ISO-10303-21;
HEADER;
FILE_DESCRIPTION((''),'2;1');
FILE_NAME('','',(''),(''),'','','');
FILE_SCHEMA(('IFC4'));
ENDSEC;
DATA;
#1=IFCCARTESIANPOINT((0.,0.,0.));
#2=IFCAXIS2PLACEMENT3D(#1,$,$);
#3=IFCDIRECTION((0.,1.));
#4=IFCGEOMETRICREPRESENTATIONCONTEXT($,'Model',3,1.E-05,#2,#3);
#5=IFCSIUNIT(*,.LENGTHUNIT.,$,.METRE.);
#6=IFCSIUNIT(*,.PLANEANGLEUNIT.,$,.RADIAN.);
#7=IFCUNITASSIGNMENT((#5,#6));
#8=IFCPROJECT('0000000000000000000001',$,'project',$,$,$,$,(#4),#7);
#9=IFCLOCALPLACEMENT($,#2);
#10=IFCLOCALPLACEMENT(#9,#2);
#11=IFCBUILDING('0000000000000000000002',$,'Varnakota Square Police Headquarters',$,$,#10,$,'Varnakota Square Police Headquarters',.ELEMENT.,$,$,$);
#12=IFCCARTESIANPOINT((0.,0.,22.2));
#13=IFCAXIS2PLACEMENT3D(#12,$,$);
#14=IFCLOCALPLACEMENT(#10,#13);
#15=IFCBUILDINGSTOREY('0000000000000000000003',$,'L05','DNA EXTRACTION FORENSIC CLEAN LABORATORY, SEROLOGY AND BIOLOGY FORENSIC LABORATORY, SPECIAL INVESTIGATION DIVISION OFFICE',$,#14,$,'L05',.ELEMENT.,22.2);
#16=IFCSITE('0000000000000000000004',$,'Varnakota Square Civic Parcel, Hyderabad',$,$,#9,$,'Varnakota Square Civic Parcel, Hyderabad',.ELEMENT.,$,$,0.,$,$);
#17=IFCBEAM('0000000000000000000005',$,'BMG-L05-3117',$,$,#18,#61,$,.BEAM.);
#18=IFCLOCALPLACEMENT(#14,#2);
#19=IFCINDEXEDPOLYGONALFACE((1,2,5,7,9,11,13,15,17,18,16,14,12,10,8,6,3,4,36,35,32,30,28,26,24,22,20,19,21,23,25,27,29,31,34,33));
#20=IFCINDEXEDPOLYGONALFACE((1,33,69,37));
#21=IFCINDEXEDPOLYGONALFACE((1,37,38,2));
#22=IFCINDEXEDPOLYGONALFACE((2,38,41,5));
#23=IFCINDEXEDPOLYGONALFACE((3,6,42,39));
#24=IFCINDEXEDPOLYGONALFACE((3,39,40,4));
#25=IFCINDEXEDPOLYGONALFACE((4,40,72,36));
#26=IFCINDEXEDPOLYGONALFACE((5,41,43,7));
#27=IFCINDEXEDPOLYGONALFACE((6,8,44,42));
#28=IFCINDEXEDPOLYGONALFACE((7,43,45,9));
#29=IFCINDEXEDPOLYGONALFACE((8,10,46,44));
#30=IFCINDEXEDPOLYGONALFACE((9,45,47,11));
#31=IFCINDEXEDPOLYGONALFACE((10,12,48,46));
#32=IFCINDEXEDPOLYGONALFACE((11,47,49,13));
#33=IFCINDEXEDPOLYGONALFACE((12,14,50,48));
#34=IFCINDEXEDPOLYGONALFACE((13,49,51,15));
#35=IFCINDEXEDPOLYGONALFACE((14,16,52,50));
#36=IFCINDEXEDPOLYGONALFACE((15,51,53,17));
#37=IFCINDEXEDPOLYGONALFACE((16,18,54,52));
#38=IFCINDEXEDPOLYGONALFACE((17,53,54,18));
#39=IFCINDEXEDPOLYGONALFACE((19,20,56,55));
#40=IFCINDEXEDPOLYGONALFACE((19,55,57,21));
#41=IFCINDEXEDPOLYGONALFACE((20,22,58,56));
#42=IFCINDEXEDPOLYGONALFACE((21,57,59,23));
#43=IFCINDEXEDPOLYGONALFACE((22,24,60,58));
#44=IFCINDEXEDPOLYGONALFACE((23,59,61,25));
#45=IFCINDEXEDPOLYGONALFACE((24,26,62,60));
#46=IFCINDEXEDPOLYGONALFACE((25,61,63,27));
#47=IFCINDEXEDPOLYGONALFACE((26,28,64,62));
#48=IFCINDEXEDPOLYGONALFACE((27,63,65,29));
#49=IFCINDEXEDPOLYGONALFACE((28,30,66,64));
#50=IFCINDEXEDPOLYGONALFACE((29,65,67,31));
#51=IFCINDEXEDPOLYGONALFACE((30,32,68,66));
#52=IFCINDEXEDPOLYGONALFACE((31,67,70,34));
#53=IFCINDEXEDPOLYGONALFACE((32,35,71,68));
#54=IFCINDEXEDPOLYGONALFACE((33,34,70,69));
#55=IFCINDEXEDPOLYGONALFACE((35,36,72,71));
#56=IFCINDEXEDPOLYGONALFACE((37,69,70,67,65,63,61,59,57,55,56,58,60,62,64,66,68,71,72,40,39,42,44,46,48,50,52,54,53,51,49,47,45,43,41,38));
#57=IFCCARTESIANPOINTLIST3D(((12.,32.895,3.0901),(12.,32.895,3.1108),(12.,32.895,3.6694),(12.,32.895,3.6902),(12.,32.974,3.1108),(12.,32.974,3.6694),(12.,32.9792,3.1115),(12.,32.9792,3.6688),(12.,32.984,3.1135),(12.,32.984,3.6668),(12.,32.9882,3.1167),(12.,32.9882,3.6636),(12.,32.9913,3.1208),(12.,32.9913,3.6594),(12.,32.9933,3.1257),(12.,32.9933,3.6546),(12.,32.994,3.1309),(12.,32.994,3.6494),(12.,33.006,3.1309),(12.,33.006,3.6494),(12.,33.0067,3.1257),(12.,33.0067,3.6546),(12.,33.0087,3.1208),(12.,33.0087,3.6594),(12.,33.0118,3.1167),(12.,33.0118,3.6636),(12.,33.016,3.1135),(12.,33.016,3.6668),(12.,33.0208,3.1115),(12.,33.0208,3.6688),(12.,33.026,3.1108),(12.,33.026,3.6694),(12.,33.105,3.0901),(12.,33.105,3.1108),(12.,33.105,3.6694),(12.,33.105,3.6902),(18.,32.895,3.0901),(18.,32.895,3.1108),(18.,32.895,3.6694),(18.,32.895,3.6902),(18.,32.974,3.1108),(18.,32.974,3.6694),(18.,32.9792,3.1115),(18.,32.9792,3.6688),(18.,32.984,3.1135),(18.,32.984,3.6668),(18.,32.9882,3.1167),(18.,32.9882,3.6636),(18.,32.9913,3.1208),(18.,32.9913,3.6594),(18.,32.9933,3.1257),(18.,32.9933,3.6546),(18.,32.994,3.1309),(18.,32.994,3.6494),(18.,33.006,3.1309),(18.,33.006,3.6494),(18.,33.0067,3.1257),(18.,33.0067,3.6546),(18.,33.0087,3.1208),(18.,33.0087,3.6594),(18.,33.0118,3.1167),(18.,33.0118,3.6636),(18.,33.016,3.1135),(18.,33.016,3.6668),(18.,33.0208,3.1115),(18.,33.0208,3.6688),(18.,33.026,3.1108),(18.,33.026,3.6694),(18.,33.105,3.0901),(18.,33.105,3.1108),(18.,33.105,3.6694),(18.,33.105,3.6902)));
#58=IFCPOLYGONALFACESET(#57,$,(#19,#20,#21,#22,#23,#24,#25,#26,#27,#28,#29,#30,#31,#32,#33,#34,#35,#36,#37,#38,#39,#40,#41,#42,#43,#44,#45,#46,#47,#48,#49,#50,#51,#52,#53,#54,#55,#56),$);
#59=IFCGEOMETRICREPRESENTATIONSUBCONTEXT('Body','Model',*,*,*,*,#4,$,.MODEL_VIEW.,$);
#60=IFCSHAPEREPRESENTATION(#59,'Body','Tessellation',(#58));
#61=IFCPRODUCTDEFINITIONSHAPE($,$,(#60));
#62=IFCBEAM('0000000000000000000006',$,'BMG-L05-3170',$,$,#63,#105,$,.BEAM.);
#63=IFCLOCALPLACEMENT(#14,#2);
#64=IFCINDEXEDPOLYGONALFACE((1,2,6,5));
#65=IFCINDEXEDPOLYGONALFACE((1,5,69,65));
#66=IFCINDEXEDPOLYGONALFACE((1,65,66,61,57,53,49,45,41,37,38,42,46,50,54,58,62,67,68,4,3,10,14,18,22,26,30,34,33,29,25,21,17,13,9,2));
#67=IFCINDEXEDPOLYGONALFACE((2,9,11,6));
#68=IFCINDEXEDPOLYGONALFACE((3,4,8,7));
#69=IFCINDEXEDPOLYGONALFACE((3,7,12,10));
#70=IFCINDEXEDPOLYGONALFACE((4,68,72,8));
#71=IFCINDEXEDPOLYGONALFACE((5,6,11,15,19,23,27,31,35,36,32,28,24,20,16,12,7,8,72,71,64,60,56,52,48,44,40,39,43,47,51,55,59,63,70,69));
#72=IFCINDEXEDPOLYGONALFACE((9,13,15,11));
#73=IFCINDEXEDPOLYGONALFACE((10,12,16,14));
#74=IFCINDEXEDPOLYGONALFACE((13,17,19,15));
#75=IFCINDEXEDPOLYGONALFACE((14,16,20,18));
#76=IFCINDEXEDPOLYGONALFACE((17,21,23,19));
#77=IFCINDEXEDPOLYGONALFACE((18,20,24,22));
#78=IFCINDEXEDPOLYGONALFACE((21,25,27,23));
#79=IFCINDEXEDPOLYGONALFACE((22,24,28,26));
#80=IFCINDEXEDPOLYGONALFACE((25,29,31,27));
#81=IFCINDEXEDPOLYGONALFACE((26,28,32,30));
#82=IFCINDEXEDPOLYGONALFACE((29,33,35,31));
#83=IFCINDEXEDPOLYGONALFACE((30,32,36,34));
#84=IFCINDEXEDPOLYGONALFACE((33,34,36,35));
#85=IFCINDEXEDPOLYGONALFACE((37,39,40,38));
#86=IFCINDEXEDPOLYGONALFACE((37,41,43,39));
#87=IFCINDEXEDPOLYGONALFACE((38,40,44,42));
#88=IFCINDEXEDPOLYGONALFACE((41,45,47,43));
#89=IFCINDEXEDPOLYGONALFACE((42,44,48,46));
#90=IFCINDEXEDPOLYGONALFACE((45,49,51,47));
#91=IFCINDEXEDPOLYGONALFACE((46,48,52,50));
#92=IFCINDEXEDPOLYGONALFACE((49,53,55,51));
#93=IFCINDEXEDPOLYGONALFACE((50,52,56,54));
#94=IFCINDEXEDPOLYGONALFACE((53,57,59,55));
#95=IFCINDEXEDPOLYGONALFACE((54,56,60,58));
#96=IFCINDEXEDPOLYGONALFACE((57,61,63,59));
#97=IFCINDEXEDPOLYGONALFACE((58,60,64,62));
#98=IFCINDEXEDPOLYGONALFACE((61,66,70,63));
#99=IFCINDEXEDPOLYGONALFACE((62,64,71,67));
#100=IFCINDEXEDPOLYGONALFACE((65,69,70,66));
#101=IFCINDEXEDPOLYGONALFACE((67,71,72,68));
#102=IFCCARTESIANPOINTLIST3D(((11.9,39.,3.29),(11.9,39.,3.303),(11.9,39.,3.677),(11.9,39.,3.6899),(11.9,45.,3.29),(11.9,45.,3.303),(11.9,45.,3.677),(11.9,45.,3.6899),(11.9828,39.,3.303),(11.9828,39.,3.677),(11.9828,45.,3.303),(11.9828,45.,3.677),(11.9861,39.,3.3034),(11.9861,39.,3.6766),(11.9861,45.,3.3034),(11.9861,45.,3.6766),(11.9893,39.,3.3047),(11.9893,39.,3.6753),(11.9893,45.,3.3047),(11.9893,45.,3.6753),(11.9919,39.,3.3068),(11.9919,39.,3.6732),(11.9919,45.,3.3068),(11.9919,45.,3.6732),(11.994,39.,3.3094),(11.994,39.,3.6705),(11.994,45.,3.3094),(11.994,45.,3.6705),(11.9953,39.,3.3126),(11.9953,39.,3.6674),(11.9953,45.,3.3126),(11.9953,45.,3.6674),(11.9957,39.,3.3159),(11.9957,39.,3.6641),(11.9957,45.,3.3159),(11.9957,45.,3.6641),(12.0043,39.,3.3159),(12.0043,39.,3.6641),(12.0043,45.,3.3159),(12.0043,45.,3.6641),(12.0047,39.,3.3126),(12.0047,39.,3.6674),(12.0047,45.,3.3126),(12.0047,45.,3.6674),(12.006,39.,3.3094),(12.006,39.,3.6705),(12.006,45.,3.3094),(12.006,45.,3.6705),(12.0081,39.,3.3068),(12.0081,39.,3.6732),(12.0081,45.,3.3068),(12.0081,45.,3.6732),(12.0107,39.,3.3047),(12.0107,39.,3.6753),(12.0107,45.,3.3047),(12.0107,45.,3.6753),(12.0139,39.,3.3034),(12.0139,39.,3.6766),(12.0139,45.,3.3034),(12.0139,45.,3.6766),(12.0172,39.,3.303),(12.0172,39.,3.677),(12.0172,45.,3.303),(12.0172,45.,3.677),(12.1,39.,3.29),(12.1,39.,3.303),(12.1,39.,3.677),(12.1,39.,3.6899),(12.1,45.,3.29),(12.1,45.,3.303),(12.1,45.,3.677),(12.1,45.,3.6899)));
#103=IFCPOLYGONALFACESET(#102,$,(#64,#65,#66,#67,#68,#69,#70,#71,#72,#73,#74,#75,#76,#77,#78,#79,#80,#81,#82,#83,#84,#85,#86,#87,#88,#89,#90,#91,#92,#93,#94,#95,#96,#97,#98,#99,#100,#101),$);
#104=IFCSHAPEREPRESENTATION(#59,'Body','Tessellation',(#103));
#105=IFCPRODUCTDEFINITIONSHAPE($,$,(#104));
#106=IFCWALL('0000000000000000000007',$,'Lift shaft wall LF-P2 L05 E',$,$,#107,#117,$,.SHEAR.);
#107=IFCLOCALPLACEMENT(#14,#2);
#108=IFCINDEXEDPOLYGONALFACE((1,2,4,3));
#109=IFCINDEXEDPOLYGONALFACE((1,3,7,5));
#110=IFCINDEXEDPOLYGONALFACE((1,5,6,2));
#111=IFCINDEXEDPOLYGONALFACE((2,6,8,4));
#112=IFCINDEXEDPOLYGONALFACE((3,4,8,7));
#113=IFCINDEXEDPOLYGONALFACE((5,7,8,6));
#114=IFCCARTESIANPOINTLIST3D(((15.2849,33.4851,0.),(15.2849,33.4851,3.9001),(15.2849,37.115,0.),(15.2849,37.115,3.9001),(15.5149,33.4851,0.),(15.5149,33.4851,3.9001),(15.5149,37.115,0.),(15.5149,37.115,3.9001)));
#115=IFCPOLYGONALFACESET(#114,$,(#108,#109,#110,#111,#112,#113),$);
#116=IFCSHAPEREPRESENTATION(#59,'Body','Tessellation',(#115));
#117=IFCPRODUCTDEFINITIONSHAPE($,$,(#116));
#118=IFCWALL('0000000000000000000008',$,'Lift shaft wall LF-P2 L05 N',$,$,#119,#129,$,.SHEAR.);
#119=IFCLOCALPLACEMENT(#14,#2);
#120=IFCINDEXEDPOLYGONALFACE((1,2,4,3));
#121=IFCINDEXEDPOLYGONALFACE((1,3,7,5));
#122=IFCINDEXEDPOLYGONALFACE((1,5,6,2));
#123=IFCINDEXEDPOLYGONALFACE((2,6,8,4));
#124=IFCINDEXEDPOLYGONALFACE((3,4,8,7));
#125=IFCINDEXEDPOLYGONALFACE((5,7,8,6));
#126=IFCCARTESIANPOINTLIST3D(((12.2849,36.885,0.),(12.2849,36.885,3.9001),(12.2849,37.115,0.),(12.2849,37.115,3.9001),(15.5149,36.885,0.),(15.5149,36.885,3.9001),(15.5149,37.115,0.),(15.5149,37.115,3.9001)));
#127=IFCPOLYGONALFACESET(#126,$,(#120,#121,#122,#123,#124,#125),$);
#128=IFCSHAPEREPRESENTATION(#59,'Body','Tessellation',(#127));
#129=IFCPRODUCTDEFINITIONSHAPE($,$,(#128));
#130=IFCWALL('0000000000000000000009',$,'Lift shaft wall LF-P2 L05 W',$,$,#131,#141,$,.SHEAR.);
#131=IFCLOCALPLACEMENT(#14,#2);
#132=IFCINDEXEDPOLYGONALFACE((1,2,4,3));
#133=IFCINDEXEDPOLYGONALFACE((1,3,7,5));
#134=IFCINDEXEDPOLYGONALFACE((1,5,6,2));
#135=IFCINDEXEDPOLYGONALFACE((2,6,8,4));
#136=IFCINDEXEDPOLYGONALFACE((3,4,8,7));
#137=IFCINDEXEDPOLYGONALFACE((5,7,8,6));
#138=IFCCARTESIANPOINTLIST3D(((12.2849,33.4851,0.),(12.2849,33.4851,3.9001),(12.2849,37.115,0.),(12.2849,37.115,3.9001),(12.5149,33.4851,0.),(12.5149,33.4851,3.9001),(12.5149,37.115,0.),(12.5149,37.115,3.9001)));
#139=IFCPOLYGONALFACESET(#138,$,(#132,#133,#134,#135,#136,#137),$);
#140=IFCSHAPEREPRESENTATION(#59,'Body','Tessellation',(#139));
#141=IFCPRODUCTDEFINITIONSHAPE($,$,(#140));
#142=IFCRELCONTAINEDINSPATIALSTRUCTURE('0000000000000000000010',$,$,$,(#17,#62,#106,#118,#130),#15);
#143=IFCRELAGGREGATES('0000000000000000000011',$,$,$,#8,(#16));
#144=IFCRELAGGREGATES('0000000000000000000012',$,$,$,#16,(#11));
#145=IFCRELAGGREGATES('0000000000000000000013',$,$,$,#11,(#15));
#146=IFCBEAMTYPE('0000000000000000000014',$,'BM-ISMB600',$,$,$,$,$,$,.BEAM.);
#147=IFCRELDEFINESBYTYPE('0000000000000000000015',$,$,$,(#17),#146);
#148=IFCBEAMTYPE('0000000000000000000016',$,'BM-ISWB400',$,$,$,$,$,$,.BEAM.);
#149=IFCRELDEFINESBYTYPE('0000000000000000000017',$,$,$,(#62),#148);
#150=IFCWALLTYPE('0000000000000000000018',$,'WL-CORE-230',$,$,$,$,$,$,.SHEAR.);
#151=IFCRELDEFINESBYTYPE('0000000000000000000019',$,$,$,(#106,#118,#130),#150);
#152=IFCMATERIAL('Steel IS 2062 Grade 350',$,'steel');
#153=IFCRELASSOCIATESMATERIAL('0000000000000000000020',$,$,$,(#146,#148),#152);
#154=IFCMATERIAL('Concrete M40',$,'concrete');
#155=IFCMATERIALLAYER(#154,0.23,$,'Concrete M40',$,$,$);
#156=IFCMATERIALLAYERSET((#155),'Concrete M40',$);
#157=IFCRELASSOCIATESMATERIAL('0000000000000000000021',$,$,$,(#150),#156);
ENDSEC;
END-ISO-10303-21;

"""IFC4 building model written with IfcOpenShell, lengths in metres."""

from ifc_helpers import new_model, si_unit, direction, frame, frame_2d, origin, origin_2d, place, context, subcontext, project, spatial, rectangle, i_section, extrude, material, layer, layer_set, material_profile, profile_set, type_object, element, save


model = new_model("IFC4")

# Units and contexts
model_context = context("Model", 3, precision=1e-05, world=origin(), true_north=direction((0.0, 1.0)))
body_context = subcontext(model_context, "Body", "Model", "MODEL_VIEW")
ifc_project = project(units=[si_unit("LENGTHUNIT", "METRE"), si_unit("PLANEANGLEUNIT", "RADIAN")], contexts=[model_context])

# Site, building, storey
site_placement = place(None, origin())
site = spatial("IfcSite", under=ifc_project, at=site_placement, Name="Varnakota Square Civic Parcel, Hyderabad", LongName="Varnakota Square Civic Parcel, Hyderabad", CompositionType="ELEMENT", RefElevation=0.0)
building_placement = place(site_placement, origin())
building = spatial("IfcBuilding", under=site, at=building_placement, Name="Varnakota Square Police Headquarters", LongName="Varnakota Square Police Headquarters", CompositionType="ELEMENT")
storey_placement = place(building_placement, frame((0.0, 0.0, 22.2)))
storey = spatial("IfcBuildingStorey", under=building, at=storey_placement, Name="L05", Description="DNA EXTRACTION FORENSIC CLEAN LABORATORY, SEROLOGY AND BIOLOGY FORENSIC LABORATORY, SPECIAL INVESTIGATION DIVISION OFFICE", LongName="L05", CompositionType="ELEMENT", Elevation=22.2)

# Shared definitions
ifc_material_1 = material(Name="Steel IS 2062 Grade 350", Category="steel")

# Beams
ifc_material_profile_1 = material_profile(ifc_material_1, i_section(OverallWidth=0.21, OverallDepth=0.6001, WebThickness=0.012, FlangeThickness=0.0208, FilletRadius=0.02, at=origin_2d()), Name="ISMB 600")
ifc_profile_set_1 = profile_set([ifc_material_profile_1], Name="Steel IS 2062 Grade 350")
beam_type_1 = type_object("IfcBeamType", Name="BM-ISMB600", PredefinedType="BEAM", material=ifc_profile_set_1)
beam_1_placement = place(storey_placement, frame((12.0, 33.0, 3.3901), z_axis=(1.0, 0.0, 0.0), x_axis=(0.0, 1.0, 0.0)))
element("IfcBeam", 1, at=beam_1_placement, inside=storey, type_object=beam_type_1, Name="BMG-L05-3117", PredefinedType="BEAM", context=body_context, shape_type="SweptSolid", body=[
    extrude(i_section(OverallWidth=0.21, OverallDepth=0.6001, WebThickness=0.012, FlangeThickness=0.0208, FilletRadius=0.02, at=origin_2d()), origin(), (0.0, 0.0, 1.0), 6.0),
])
ifc_material_profile_2 = material_profile(ifc_material_1, i_section(OverallWidth=0.2, OverallDepth=0.3999, WebThickness=0.0085, FlangeThickness=0.0129, FilletRadius=0.0129, at=origin_2d()), Name="ISWB 400")
ifc_profile_set_2 = profile_set([ifc_material_profile_2], Name="Steel IS 2062 Grade 350")
beam_type_2 = type_object("IfcBeamType", Name="BM-ISWB400", PredefinedType="BEAM", material=ifc_profile_set_2)
beam_2_placement = place(storey_placement, frame((12.0, 39.0, 3.49), z_axis=(0.0, 1.0, 0.0), x_axis=(-1.0, 0.0, 0.0)))
element("IfcBeam", 2, at=beam_2_placement, inside=storey, type_object=beam_type_2, Name="BMG-L05-3170", PredefinedType="BEAM", context=body_context, shape_type="SweptSolid", body=[
    extrude(i_section(OverallWidth=0.2, OverallDepth=0.3999, WebThickness=0.0085, FlangeThickness=0.0129, FilletRadius=0.0129, at=origin_2d()), origin(), (0.0, 0.0, 1.0), 6.0),
])

# Shared definitions
ifc_material_2 = material(Name="Concrete M40", Category="concrete")
ifc_layer_1 = layer(ifc_material_2, 0.23, Name="Concrete M40")
ifc_layer_set_1 = layer_set([ifc_layer_1], Name="Concrete M40")
wall_type_1 = type_object("IfcWallType", Name="WL-CORE-230", PredefinedType="SHEAR", material=ifc_layer_set_1)

# Walls
wall_1_placement = place(storey_placement, frame((15.3999, 33.4851, 0.0), z_axis=(0.0, 0.0, 1.0), x_axis=(0.0, 1.0, 0.0)))
element("IfcWall", 3, at=wall_1_placement, inside=storey, type_object=wall_type_1, Name="Lift shaft wall LF-P2 L05 E", PredefinedType="SHEAR", context=body_context, shape_type="SweptSolid", body=[
    extrude(rectangle(XDim=3.6299, YDim=0.23, at=frame_2d((1.8149, 0.0))), origin(), (0.0, 0.0, 1.0), 3.9001),
])
wall_2_placement = place(storey_placement, frame((15.5149, 37.0, 0.0), z_axis=(0.0, 0.0, 1.0), x_axis=(-1.0, 0.0, 0.0)))
element("IfcWall", 4, at=wall_2_placement, inside=storey, type_object=wall_type_1, Name="Lift shaft wall LF-P2 L05 N", PredefinedType="SHEAR", context=body_context, shape_type="SweptSolid", body=[
    extrude(rectangle(XDim=3.23, YDim=0.23, at=frame_2d((1.615, 0.0))), origin(), (0.0, 0.0, 1.0), 3.9001),
])
wall_3_placement = place(storey_placement, frame((12.3999, 37.115, 0.0), z_axis=(0.0, 0.0, 1.0), x_axis=(0.0, -1.0, 0.0)))
element("IfcWall", 5, at=wall_3_placement, inside=storey, type_object=wall_type_1, Name="Lift shaft wall LF-P2 L05 W", PredefinedType="SHEAR", context=body_context, shape_type="SweptSolid", body=[
    extrude(rectangle(XDim=3.6299, YDim=0.23, at=frame_2d((1.8149, 0.0))), origin(), (0.0, 0.0, 1.0), 3.9001),
])

save(model, "model.ifc")
